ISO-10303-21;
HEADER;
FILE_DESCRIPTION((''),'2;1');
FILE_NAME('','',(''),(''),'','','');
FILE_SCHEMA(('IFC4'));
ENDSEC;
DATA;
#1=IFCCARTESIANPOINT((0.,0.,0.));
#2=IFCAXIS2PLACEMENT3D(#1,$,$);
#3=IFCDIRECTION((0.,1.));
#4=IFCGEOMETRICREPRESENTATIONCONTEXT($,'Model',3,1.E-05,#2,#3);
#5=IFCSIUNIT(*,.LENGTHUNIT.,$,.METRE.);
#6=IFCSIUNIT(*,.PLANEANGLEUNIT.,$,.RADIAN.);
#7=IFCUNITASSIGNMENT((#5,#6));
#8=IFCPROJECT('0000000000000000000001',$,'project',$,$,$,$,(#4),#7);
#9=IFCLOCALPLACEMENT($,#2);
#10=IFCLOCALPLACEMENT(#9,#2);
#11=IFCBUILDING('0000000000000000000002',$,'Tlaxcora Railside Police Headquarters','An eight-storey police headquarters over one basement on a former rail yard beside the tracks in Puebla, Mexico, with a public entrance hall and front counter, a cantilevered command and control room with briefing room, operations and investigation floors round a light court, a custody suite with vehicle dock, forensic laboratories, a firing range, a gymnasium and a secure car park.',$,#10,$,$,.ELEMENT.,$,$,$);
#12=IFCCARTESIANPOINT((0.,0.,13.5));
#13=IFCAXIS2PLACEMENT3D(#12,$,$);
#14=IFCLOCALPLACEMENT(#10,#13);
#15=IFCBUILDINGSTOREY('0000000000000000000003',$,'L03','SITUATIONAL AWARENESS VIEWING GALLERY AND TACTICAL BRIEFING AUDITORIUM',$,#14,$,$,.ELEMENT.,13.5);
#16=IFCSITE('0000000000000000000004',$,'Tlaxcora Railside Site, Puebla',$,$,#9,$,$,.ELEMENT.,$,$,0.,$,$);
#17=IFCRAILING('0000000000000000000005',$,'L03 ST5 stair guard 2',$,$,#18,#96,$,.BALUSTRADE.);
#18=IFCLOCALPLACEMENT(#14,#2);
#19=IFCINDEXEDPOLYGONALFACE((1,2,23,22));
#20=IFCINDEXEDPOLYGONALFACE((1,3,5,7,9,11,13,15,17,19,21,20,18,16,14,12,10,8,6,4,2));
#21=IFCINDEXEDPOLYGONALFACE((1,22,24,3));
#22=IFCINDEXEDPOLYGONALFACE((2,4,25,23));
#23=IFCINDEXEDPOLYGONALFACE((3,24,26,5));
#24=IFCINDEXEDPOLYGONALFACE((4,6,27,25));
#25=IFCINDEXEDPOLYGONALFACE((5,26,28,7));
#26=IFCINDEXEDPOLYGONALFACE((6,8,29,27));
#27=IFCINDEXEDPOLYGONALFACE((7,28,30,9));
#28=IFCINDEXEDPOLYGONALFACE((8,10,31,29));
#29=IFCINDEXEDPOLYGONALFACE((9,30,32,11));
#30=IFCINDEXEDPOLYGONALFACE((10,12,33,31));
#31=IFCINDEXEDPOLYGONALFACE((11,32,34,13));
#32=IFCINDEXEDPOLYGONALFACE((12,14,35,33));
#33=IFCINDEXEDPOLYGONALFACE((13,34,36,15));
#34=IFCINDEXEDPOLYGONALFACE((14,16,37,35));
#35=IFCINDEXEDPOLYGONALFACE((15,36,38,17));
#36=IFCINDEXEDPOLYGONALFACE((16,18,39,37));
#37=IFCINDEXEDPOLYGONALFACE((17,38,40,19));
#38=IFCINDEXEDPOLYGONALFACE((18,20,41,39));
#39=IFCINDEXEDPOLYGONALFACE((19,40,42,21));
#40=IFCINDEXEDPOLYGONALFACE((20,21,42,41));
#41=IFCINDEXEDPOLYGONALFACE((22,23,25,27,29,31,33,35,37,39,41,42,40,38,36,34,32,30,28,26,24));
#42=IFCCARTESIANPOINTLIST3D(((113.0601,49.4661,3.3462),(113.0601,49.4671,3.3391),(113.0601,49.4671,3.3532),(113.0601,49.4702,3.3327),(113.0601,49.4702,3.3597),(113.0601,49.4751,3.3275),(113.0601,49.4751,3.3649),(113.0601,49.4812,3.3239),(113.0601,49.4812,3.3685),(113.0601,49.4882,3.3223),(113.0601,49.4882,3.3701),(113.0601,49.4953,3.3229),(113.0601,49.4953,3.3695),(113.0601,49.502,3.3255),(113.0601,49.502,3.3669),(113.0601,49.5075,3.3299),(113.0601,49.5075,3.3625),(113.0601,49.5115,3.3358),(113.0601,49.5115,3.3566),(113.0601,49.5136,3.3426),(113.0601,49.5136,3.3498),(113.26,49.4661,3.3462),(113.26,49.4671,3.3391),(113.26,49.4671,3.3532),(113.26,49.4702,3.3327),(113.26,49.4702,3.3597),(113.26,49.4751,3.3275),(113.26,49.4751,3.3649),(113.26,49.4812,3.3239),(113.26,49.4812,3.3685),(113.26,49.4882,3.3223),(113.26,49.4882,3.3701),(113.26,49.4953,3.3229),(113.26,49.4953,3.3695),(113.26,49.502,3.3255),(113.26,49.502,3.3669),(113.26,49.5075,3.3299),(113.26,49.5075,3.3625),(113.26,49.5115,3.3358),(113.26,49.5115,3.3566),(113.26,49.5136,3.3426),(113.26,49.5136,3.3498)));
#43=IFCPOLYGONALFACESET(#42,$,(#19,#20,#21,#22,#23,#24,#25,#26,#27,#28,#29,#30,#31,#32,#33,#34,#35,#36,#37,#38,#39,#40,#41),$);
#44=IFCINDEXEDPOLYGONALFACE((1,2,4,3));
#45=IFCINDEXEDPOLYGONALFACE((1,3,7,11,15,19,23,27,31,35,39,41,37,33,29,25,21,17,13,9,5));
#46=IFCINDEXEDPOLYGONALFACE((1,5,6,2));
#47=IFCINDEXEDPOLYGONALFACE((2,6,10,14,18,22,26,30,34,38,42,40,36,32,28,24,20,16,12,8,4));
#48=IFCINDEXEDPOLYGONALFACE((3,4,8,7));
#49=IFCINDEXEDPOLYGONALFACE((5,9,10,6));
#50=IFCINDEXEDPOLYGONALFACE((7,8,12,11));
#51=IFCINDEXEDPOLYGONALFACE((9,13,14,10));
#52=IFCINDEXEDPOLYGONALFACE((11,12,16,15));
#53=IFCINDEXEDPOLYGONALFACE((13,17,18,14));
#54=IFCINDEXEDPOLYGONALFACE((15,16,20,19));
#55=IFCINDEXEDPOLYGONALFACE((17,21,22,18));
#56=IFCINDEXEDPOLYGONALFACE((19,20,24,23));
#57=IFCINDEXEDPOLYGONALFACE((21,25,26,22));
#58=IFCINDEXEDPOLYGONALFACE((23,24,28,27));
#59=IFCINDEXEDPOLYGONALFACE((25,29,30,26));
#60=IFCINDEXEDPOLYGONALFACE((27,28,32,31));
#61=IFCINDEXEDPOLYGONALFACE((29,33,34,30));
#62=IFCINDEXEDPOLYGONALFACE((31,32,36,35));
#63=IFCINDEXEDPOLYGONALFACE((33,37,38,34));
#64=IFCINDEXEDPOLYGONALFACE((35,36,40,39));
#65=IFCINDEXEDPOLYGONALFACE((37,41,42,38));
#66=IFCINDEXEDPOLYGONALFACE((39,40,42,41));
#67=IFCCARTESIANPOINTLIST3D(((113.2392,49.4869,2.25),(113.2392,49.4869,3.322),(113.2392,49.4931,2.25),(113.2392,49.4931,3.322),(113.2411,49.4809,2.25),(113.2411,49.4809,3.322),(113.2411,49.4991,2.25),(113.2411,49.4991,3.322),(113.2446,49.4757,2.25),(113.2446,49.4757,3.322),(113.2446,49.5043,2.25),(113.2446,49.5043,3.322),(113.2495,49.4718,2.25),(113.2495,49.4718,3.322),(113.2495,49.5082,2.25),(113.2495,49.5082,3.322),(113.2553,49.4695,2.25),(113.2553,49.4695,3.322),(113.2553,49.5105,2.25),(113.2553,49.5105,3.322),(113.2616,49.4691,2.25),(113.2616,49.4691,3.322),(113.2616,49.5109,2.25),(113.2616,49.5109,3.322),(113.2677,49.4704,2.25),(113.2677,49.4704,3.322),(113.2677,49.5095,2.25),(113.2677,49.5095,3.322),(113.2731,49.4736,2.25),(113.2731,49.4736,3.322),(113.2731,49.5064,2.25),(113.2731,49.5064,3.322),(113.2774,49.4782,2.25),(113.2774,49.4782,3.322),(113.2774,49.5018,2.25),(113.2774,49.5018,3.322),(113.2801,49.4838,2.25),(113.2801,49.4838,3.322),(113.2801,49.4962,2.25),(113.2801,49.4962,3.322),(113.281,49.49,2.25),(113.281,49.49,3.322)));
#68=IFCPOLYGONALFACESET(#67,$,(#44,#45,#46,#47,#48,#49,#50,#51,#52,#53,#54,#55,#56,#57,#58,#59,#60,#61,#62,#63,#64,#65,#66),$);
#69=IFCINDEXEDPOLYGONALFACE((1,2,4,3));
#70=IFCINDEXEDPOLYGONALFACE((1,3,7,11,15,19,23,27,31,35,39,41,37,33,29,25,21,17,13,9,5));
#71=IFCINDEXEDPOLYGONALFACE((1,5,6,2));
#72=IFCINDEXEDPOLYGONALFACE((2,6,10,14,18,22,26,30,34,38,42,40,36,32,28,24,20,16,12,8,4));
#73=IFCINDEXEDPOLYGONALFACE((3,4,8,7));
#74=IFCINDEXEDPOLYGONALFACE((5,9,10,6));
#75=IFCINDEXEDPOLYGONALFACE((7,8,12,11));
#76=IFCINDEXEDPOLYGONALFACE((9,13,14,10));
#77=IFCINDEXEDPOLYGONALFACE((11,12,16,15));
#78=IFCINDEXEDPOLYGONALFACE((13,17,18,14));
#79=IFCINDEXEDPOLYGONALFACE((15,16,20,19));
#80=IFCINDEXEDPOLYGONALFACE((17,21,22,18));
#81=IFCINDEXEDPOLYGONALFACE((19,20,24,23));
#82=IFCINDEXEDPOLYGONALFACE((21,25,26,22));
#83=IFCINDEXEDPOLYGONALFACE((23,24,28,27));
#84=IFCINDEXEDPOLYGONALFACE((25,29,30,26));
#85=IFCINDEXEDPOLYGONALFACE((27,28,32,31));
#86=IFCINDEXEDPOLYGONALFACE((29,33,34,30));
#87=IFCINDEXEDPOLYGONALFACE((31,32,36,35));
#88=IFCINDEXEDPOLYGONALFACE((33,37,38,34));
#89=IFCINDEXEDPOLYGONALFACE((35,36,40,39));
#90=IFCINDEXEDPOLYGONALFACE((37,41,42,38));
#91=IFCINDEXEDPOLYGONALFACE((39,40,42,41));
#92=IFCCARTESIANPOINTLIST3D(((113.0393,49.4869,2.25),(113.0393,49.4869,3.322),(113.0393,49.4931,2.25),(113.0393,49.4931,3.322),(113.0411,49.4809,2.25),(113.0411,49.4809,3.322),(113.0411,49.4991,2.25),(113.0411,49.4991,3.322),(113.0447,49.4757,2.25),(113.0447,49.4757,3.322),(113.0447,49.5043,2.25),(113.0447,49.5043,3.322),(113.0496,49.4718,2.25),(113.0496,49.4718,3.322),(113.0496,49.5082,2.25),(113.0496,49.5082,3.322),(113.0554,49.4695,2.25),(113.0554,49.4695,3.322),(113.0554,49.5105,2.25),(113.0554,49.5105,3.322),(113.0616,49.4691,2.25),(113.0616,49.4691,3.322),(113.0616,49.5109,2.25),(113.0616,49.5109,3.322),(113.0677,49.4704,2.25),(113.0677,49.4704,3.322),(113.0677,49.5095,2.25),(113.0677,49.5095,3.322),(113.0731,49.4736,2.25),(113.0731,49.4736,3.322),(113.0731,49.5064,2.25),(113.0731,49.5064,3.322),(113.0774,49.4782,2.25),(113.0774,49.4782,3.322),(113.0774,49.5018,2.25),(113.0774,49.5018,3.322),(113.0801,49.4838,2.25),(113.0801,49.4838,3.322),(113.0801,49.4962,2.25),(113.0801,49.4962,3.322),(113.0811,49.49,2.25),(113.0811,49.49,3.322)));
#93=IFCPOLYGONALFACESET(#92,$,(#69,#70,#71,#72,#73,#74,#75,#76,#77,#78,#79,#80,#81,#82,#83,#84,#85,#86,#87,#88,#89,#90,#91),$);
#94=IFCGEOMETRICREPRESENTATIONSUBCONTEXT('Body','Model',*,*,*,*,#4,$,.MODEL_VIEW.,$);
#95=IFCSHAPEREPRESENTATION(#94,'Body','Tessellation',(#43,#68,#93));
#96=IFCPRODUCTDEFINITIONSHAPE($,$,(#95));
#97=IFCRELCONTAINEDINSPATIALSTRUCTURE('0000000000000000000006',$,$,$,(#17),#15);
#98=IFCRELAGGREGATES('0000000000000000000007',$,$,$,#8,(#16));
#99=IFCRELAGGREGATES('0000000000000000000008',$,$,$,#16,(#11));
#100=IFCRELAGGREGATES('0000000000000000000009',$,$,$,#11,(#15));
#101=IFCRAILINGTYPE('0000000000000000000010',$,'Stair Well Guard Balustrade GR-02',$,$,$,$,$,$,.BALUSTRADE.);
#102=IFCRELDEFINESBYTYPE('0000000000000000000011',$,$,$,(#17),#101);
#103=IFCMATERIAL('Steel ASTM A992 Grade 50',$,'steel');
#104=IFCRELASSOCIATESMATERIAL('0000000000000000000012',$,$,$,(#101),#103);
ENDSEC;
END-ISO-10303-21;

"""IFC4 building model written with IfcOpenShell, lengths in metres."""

from ifc_helpers import new_model, si_unit, direction, frame, origin, origin_2d, place, context, subcontext, project, spatial, circle, extrude, material, type_object, element, save


model = new_model("IFC4")

# Units and contexts
model_context = context("Model", 3, precision=1e-05, world=origin(), true_north=direction((0.0, 1.0)))
body_context = subcontext(model_context, "Body", "Model", "MODEL_VIEW")
ifc_project = project(units=[si_unit("LENGTHUNIT", "METRE"), si_unit("PLANEANGLEUNIT", "RADIAN")], contexts=[model_context])

# Site, building, storey
site_placement = place(None, origin())
site = spatial("IfcSite", under=ifc_project, at=site_placement, Name="Tlaxcora Railside Site, Puebla", CompositionType="ELEMENT", RefElevation=0.0)
building_placement = place(site_placement, origin())
building = spatial("IfcBuilding", under=site, at=building_placement, Name="Tlaxcora Railside Police Headquarters", Description="An eight-storey police headquarters over one basement on a former rail yard beside the tracks in Puebla, Mexico, with a public entrance hall and front counter, a cantilevered command and control room with briefing room, operations and investigation floors round a light court, a custody suite with vehicle dock, forensic laboratories, a firing range, a gymnasium and a secure car park.", CompositionType="ELEMENT")
storey_placement = place(building_placement, frame((0.0, 0.0, 13.5)))
storey = spatial("IfcBuildingStorey", under=building, at=storey_placement, Name="L03", Description="SITUATIONAL AWARENESS VIEWING GALLERY AND TACTICAL BRIEFING AUDITORIUM", CompositionType="ELEMENT", Elevation=13.5)

# Shared definitions
ifc_material_1 = material(Name="Steel ASTM A992 Grade 50", Category="steel")

# Railing
railing_type_1 = type_object("IfcRailingType", Name="Stair Well Guard Balustrade GR-02", PredefinedType="BALUSTRADE", material=ifc_material_1)
railing_1_placement = place(storey_placement, frame((113.26, 49.49, 2.25)))
element("IfcRailing", 1, at=railing_1_placement, inside=storey, type_object=railing_type_1, Name="L03 ST5 stair guard 2", PredefinedType="BALUSTRADE", context=body_context, shape_type="SweptSolid", body=[
    extrude(circle(Radius=0.0239, at=origin_2d()), frame((0.0, 0.0, 1.0962), z_axis=(-1.0, 0.0, 0.0), x_axis=(0.0, -1.0, 0.0)), (0.0, 0.0, 1.0), 0.2),
    extrude(circle(Radius=0.021, at=origin_2d()), origin(), (0.0, 0.0, 1.0), 1.072),
    extrude(circle(Radius=0.021, at=origin_2d()), frame((-0.2, 0.0, 0.0)), (0.0, 0.0, 1.0), 1.072),
])

save(model, "model.ifc")
